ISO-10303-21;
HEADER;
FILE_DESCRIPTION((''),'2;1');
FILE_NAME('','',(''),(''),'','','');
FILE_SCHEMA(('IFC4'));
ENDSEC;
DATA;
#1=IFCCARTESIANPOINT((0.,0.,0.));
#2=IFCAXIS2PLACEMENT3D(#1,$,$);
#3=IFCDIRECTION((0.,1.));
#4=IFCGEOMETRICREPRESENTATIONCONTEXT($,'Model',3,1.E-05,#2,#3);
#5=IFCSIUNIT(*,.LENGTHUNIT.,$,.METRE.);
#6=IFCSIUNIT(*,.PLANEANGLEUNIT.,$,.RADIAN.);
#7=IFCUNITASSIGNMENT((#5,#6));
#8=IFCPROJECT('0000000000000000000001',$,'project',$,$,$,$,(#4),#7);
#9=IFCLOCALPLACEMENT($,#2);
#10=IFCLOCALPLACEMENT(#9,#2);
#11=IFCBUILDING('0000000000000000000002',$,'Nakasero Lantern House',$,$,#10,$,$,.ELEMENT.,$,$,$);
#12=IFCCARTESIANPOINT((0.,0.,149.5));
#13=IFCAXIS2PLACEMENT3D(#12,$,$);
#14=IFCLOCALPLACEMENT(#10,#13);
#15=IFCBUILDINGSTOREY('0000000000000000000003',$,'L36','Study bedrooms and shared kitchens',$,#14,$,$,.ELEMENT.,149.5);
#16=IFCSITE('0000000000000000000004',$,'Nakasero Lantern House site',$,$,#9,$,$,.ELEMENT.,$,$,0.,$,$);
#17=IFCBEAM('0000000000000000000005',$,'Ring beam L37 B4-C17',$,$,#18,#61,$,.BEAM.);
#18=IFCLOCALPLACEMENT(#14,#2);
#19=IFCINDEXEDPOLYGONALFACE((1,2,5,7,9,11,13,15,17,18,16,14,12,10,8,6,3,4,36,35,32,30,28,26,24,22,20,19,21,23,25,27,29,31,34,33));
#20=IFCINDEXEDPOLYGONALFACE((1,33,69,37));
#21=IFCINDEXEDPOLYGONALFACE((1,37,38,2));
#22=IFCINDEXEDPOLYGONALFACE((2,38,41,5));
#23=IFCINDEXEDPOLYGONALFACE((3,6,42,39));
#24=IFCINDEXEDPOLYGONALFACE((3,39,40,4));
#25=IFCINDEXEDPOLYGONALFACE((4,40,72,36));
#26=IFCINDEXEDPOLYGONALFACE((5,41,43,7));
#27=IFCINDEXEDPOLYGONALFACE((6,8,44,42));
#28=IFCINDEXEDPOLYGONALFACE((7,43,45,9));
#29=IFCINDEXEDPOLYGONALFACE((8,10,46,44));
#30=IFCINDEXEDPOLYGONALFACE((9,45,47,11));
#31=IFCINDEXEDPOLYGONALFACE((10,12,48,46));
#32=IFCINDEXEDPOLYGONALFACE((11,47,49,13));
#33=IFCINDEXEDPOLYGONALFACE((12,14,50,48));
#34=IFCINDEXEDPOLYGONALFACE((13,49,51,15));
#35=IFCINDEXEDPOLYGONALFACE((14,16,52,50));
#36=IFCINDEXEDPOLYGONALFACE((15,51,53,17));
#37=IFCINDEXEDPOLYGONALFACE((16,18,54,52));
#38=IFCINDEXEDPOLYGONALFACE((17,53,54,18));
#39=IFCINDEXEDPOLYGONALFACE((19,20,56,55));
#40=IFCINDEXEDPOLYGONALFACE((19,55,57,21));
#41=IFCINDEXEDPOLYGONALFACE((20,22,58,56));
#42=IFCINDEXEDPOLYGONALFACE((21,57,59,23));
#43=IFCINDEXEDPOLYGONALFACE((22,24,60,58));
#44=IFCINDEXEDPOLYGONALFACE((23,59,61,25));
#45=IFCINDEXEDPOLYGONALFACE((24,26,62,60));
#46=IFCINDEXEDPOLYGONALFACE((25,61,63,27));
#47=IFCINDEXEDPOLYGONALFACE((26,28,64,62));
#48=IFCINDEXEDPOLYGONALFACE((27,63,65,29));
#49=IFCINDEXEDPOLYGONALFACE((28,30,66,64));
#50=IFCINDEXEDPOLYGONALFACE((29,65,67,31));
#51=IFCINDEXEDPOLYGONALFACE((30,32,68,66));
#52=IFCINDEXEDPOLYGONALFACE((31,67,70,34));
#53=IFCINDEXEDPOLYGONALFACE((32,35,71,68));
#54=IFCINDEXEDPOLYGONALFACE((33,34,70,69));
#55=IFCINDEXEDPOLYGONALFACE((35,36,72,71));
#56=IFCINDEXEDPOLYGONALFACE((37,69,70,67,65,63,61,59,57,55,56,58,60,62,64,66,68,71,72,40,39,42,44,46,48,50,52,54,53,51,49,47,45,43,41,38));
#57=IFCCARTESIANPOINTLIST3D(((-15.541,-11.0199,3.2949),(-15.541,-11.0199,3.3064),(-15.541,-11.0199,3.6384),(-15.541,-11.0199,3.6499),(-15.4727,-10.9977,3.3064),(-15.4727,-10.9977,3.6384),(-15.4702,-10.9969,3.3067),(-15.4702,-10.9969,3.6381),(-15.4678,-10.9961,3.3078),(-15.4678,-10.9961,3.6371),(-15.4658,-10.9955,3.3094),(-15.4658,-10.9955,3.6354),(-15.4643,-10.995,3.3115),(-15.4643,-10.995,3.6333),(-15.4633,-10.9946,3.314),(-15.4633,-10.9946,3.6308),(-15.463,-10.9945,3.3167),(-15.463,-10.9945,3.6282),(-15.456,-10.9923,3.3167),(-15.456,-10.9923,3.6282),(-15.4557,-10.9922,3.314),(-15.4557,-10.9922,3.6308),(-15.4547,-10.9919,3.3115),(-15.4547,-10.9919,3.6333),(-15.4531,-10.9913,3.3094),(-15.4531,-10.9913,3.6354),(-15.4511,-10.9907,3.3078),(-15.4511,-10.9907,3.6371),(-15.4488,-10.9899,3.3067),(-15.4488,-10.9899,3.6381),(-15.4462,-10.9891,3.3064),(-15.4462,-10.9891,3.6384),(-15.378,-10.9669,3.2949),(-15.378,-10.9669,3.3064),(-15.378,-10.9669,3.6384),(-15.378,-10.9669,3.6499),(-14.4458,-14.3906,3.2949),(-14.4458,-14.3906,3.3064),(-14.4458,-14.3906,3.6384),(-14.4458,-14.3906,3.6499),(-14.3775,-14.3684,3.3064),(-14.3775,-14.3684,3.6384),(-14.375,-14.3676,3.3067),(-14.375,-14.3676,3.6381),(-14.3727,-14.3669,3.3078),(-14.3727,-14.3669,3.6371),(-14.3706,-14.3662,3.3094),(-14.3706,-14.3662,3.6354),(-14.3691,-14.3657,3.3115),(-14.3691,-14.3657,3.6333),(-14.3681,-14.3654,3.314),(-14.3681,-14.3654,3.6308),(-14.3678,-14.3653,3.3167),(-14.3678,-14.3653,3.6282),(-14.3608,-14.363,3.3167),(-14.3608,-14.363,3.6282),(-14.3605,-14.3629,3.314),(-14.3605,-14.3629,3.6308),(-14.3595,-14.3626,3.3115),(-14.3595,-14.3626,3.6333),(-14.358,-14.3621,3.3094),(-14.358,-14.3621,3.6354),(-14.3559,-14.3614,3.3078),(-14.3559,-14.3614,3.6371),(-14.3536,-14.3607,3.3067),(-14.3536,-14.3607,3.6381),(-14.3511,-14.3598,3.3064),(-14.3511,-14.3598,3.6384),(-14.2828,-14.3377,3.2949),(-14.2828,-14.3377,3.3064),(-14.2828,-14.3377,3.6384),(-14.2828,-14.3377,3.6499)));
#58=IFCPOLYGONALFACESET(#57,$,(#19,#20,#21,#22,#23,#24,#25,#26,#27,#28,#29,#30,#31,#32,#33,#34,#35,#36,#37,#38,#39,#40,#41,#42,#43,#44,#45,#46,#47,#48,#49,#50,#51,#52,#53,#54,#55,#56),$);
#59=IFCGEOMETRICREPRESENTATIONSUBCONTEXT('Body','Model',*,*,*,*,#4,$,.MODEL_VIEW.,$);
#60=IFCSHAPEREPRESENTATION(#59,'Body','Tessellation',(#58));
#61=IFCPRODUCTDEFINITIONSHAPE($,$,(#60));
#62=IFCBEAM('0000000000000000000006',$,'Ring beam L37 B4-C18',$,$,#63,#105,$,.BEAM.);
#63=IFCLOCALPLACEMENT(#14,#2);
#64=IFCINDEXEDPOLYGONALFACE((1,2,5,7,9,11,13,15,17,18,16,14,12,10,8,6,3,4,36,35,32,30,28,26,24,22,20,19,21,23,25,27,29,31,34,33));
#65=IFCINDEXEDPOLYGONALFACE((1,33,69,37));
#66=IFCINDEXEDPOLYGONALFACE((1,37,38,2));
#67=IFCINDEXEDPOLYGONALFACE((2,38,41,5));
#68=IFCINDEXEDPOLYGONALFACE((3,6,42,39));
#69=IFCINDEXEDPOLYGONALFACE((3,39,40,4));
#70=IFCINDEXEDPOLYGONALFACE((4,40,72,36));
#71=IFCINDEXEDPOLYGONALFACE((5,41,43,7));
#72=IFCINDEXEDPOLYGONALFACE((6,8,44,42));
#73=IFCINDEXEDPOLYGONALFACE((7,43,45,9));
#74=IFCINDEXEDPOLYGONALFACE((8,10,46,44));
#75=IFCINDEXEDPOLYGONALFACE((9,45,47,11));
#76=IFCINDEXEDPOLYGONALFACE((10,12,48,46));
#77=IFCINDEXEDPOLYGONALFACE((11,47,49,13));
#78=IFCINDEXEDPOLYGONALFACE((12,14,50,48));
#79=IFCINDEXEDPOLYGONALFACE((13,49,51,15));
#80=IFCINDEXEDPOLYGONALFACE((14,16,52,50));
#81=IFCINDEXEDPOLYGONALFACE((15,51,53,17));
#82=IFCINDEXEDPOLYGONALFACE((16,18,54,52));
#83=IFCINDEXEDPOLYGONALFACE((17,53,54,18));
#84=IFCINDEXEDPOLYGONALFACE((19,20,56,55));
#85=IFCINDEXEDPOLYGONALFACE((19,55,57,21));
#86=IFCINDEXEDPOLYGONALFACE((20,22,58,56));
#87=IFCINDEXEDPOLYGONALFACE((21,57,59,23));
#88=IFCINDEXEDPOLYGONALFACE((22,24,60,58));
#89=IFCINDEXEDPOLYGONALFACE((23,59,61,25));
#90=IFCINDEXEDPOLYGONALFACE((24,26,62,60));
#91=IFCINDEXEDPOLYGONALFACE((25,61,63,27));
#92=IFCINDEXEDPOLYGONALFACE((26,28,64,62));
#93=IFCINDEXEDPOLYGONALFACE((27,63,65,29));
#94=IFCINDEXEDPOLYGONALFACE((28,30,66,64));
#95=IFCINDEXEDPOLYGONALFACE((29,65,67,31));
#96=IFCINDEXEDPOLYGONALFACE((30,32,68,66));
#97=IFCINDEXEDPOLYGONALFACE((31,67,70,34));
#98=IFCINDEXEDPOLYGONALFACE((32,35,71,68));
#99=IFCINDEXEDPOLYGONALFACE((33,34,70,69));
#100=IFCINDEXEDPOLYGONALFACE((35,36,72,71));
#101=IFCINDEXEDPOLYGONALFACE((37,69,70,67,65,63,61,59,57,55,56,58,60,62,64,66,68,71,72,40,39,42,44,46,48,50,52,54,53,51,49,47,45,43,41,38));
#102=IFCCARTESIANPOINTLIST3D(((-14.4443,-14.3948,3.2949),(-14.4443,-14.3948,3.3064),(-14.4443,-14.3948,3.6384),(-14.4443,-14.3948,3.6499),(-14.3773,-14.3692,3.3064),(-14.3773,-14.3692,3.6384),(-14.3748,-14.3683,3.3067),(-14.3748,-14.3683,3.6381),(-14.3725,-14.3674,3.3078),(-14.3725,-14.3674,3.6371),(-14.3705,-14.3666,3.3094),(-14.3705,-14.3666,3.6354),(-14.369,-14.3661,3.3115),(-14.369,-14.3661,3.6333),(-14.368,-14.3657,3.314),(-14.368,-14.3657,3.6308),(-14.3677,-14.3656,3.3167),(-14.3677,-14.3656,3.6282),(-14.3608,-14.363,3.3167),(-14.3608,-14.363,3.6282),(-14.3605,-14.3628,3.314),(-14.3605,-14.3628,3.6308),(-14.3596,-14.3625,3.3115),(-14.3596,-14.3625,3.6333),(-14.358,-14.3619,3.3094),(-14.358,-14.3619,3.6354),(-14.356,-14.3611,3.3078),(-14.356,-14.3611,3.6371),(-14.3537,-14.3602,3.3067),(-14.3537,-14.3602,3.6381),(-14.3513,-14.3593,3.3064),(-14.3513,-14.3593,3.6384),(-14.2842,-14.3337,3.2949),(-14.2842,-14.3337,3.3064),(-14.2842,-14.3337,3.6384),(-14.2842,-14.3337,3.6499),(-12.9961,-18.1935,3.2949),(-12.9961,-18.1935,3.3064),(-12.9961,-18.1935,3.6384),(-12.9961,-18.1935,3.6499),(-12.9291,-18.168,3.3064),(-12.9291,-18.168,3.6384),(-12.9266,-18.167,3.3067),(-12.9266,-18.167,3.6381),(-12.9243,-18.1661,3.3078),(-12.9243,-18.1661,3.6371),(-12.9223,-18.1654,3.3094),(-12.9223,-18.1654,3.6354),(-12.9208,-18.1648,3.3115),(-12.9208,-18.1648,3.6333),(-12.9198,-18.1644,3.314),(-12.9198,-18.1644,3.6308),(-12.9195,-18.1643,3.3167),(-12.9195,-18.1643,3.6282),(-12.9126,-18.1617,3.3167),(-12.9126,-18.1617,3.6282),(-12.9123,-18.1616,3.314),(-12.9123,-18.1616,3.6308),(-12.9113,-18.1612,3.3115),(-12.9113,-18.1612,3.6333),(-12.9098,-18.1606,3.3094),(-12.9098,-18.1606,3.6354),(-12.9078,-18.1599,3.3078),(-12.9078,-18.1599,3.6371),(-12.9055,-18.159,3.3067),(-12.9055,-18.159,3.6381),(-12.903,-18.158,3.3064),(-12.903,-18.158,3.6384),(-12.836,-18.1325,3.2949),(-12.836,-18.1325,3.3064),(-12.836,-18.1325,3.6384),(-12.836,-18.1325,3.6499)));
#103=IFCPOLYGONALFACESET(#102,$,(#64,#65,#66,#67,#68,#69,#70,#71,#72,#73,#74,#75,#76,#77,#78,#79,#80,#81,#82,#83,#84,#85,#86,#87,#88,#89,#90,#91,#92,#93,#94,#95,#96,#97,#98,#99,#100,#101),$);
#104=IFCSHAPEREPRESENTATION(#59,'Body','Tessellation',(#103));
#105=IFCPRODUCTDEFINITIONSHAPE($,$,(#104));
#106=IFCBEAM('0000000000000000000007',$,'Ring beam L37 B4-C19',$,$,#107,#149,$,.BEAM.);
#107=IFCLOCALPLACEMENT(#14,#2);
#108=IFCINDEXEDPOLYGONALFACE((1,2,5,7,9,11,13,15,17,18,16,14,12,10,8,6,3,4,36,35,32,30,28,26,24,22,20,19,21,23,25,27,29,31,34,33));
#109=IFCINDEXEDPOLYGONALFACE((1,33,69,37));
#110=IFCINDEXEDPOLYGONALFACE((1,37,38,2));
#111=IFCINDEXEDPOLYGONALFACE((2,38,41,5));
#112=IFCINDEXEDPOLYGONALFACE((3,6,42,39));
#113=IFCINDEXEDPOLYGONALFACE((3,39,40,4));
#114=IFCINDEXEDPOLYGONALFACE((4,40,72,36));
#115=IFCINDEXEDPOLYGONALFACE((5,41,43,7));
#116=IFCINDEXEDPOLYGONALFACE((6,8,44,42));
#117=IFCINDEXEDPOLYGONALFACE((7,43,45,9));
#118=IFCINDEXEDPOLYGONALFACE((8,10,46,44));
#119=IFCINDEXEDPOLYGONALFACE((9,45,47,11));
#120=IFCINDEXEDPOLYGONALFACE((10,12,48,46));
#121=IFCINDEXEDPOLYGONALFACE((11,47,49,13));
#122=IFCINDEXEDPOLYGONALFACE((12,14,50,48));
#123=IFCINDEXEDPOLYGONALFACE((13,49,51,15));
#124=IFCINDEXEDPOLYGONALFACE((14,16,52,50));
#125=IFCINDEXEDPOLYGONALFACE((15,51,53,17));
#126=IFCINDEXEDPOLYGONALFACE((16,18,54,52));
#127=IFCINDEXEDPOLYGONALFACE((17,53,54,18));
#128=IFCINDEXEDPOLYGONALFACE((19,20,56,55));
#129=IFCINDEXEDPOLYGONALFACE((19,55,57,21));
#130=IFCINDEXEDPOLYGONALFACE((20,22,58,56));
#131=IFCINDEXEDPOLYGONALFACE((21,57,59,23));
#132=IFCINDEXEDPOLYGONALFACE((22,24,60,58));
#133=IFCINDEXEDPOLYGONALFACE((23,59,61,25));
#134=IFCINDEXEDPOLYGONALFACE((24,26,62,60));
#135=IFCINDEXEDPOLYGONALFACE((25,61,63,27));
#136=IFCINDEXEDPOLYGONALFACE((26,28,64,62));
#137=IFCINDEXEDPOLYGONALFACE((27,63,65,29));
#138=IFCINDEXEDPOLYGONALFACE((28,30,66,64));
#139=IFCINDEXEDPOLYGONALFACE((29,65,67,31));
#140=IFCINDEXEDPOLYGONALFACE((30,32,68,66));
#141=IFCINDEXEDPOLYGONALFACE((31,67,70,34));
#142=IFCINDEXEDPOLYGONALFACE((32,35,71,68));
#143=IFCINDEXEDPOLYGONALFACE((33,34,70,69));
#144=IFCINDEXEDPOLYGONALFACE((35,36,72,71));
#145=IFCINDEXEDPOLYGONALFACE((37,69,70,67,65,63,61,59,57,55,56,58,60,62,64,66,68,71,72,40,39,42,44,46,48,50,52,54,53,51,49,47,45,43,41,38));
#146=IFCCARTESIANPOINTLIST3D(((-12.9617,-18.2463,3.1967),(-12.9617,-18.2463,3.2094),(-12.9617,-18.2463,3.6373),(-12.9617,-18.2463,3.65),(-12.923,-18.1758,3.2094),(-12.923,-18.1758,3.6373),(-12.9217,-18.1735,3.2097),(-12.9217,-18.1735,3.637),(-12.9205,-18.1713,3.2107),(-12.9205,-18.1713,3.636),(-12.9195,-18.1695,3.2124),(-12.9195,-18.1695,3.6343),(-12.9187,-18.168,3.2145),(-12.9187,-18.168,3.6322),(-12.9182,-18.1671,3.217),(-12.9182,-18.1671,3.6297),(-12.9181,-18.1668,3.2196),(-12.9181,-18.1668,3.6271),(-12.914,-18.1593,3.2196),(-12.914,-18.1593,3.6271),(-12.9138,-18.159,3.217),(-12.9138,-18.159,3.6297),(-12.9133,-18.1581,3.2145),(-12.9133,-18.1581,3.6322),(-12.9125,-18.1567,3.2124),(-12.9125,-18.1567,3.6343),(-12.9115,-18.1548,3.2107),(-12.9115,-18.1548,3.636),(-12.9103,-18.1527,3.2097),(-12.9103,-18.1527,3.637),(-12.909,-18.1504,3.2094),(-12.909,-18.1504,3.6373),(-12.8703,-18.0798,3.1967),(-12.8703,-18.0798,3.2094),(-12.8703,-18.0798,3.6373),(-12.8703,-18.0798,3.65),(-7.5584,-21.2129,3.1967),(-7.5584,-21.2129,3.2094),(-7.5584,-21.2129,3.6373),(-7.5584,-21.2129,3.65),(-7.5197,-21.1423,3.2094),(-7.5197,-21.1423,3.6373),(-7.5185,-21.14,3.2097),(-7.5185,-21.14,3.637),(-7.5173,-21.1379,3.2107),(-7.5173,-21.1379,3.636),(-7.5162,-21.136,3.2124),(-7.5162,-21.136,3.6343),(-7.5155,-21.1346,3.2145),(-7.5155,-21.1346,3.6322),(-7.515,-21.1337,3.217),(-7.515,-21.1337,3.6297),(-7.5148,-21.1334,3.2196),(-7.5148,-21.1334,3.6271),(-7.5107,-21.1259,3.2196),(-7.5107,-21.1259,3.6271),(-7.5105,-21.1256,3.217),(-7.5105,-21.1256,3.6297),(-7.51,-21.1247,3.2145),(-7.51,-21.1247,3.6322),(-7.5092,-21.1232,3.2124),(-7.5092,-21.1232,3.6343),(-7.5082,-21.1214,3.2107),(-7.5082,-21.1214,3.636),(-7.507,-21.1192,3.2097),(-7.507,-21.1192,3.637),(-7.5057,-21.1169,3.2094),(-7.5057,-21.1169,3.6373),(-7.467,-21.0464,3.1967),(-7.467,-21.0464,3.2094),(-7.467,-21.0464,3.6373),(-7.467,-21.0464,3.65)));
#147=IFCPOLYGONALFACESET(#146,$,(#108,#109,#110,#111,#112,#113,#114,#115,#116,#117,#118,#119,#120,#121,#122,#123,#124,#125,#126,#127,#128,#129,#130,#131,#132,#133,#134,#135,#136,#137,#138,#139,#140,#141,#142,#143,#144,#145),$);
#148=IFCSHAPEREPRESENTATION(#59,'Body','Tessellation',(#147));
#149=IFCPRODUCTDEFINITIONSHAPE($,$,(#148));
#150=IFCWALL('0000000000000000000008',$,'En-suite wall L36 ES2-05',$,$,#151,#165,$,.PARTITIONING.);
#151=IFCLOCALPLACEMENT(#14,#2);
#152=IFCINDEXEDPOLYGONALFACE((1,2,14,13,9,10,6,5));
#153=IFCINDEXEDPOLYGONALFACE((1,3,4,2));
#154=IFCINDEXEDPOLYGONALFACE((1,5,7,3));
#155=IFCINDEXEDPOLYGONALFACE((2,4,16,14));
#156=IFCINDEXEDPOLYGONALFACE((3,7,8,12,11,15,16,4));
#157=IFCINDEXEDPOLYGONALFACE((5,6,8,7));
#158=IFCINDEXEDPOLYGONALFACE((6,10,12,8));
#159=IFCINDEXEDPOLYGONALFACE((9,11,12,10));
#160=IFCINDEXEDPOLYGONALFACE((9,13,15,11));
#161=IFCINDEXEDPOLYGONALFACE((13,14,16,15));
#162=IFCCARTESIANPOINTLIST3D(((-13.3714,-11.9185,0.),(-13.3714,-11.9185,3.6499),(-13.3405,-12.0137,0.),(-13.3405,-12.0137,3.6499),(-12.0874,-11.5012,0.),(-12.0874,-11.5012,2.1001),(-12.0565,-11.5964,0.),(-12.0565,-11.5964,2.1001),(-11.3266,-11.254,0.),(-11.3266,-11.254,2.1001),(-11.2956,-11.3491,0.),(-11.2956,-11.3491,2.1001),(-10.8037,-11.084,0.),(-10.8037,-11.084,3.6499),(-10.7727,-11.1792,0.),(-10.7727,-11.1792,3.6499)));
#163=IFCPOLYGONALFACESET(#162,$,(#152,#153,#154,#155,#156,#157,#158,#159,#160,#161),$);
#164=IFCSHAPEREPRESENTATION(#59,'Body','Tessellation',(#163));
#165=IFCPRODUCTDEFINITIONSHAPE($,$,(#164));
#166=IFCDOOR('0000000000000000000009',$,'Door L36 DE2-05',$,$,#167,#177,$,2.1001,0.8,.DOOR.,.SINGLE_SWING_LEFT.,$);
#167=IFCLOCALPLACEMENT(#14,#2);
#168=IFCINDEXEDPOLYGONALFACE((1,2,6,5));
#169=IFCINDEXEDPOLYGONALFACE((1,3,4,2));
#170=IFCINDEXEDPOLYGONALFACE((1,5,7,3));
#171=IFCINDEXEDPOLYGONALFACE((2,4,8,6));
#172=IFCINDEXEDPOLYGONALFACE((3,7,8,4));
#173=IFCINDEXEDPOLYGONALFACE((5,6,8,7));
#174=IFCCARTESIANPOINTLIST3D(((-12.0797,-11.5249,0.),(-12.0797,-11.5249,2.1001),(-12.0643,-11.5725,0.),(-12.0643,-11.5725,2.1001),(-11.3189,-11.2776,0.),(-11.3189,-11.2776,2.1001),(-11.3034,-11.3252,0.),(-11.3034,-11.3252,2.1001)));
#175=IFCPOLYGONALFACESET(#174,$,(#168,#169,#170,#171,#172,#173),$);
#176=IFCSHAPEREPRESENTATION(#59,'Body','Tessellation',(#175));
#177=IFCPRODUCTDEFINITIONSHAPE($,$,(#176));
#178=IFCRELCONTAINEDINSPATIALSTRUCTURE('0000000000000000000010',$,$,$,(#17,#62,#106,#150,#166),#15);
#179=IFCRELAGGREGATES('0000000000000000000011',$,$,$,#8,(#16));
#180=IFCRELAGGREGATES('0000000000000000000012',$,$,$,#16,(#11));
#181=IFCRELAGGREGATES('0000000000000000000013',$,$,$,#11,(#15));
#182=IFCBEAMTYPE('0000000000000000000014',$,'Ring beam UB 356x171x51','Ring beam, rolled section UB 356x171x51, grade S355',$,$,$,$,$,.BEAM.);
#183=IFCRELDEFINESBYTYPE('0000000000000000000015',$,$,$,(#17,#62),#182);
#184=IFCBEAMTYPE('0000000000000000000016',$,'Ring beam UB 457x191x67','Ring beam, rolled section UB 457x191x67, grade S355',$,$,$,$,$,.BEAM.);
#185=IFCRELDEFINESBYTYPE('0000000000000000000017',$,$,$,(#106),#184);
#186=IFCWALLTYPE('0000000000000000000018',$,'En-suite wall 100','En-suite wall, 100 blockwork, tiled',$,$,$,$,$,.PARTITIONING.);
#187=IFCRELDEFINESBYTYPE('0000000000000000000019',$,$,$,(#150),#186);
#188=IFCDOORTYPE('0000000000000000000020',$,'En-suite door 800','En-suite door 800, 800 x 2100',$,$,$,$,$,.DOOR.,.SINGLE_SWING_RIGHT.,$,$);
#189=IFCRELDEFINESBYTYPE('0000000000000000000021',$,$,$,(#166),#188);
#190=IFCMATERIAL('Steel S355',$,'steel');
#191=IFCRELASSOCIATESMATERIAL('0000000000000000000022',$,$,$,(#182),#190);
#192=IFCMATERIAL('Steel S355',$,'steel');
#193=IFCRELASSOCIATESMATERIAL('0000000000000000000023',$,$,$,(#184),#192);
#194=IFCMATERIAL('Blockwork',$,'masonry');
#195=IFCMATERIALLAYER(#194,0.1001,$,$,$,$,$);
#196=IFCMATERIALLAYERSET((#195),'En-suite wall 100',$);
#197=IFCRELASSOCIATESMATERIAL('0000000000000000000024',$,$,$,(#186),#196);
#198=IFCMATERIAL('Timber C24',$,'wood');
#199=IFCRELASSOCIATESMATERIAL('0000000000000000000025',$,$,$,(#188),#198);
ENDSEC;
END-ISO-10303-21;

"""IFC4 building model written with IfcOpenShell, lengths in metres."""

from ifc_helpers import new_model, si_unit, direction, frame, frame_2d, origin, origin_2d, place, context, subcontext, project, spatial, rectangle, i_section, extrude, material, layer, layer_set, material_profile, profile_set, type_object, element, fill, save


model = new_model("IFC4")

# Units and contexts
model_context = context("Model", 3, precision=1e-05, world=origin(), true_north=direction((0.0, 1.0)))
body_context = subcontext(model_context, "Body", "Model", "MODEL_VIEW")
ifc_project = project(units=[si_unit("LENGTHUNIT", "METRE"), si_unit("PLANEANGLEUNIT", "RADIAN")], contexts=[model_context])

# Site, building, storey
site_placement = place(None, origin())
site = spatial("IfcSite", under=ifc_project, at=site_placement, Name="Nakasero Lantern House site", CompositionType="ELEMENT", RefElevation=0.0)
building_placement = place(site_placement, origin())
building = spatial("IfcBuilding", under=site, at=building_placement, Name="Nakasero Lantern House", CompositionType="ELEMENT")
storey_placement = place(building_placement, frame((0.0, 0.0, 149.5)))
storey = spatial("IfcBuildingStorey", under=building, at=storey_placement, Name="L36", Description="Study bedrooms and shared kitchens", CompositionType="ELEMENT", Elevation=149.5)

# Beams
ifc_material_1 = material(Name="Steel S355", Category="steel")
ifc_material_profile_1 = material_profile(ifc_material_1, i_section(OverallWidth=0.1714, OverallDepth=0.355, WebThickness=0.0073, FlangeThickness=0.0115, FilletRadius=0.0103, at=origin_2d()), Name="UB 356x171x51")
ifc_profile_set_1 = profile_set([ifc_material_profile_1], Name="Steel S355")
beam_type_1 = type_object("IfcBeamType", Name="Ring beam UB 356x171x51", Description="Ring beam, rolled section UB 356x171x51, grade S355", PredefinedType="BEAM", material=ifc_profile_set_1)
beam_1_placement = place(storey_placement, frame((-15.4595, -10.9934, 3.4724), z_axis=(0.309007, -0.95106, 0.0), x_axis=(0.95106, 0.309007, 0.0)))
element("IfcBeam", 1, at=beam_1_placement, inside=storey, type_object=beam_type_1, Name="Ring beam L37 B4-C17", PredefinedType="BEAM", context=body_context, shape_type="SweptSolid", body=[
    extrude(i_section(OverallWidth=0.1714, OverallDepth=0.355, WebThickness=0.0073, FlangeThickness=0.0115, FilletRadius=0.0103, at=origin_2d()), origin(), (0.0, 0.0, 1.0), 3.5442),
])
beam_2_placement = place(storey_placement, frame((-14.3643, -14.3643, 3.4724), z_axis=(0.356225, -0.9344, 0.0), x_axis=(0.9344, 0.356225, 0.0)))
element("IfcBeam", 2, at=beam_2_placement, inside=storey, type_object=beam_type_1, Name="Ring beam L37 B4-C18", PredefinedType="BEAM", context=body_context, shape_type="SweptSolid", body=[
    extrude(i_section(OverallWidth=0.1714, OverallDepth=0.355, WebThickness=0.0073, FlangeThickness=0.0115, FilletRadius=0.0103, at=origin_2d()), origin(), (0.0, 0.0, 1.0), 4.0654),
])
ifc_material_2 = material(Name="Steel S355", Category="steel")
ifc_material_profile_2 = material_profile(ifc_material_2, i_section(OverallWidth=0.1899, OverallDepth=0.4534, WebThickness=0.0085, FlangeThickness=0.0127, FilletRadius=0.0103, at=origin_2d()), Name="UB 457x191x67")
ifc_profile_set_2 = profile_set([ifc_material_profile_2], Name="Steel S355")
beam_type_2 = type_object("IfcBeamType", Name="Ring beam UB 457x191x67", Description="Ring beam, rolled section UB 457x191x67, grade S355", PredefinedType="BEAM", material=ifc_profile_set_2)
beam_3_placement = place(storey_placement, frame((-12.916, -18.1631, 3.4233), z_axis=(0.876577, -0.481262, 0.0), x_axis=(0.481262, 0.876577, 0.0)))
element("IfcBeam", 3, at=beam_3_placement, inside=storey, type_object=beam_type_2, Name="Ring beam L37 B4-C19", PredefinedType="BEAM", context=body_context, shape_type="SweptSolid", body=[
    extrude(i_section(OverallWidth=0.1899, OverallDepth=0.4534, WebThickness=0.0085, FlangeThickness=0.0127, FilletRadius=0.0103, at=origin_2d()), origin(), (0.0, 0.0, 1.0), 6.1641),
])

# Wall, opening, door
ifc_material_3 = material(Name="Blockwork", Category="masonry")
ifc_layer_1 = layer(ifc_material_3, 0.1001)
ifc_layer_set_1 = layer_set([ifc_layer_1], Name="En-suite wall 100")
wall_type_1 = type_object("IfcWallType", Name="En-suite wall 100", Description="En-suite wall, 100 blockwork, tiled", PredefinedType="PARTITIONING", material=ifc_layer_set_1)
wall_1_placement = place(storey_placement, frame((-10.7881, -11.1316, 0.0), z_axis=(0.0, 0.0, 1.0), x_axis=(-0.951043, -0.309057, 0.0)))
wall_1 = element("IfcWall", 4, at=wall_1_placement, inside=storey, type_object=wall_type_1, Name="En-suite wall L36 ES2-05", PredefinedType="PARTITIONING", context=body_context, shape_type="SweptSolid", body=[
    extrude(rectangle(XDim=2.7, YDim=0.1001, at=frame_2d((1.3501, 0.0))), origin(), (0.0, 0.0, 1.0), 3.6499),
])
opening_1_placement = place(wall_1_placement, frame((0.55, 0.0, 0.0)))
opening_1 = element("IfcOpeningElement", 5, at=opening_1_placement, cuts=wall_1, PredefinedType="OPENING", context=body_context, shape_type="SweptSolid", body=[
    extrude(rectangle(XDim=0.8, YDim=2.1001, at=frame_2d((0.3999, 1.05))), frame((0.0, 0.0701, 0.0), z_axis=(0.0, -1.0, 0.0), x_axis=(1.0, 0.0, 0.0)), (0.0, 0.0, 1.0), 0.1401),
])
ifc_material_4 = material(Name="Timber C24", Category="wood")
door_type = type_object("IfcDoorType", Name="En-suite door 800", Description="En-suite door 800, 800 x 2100", OperationType="SINGLE_SWING_RIGHT", PredefinedType="DOOR", material=ifc_material_4)
door_1_placement = place(opening_1_placement, origin())
door_1 = element("IfcDoor", 6, at=door_1_placement, inside=storey, type_object=door_type, Name="Door L36 DE2-05", OperationType="SINGLE_SWING_LEFT", OverallHeight=2.1001, OverallWidth=0.8, PredefinedType="DOOR", context=body_context, shape_type="SweptSolid", body=[
    extrude(rectangle(XDim=0.8, YDim=2.1001, at=frame_2d((0.3999, 1.05))), frame((0.0, 0.0249, 0.0), z_axis=(0.0, -1.0, 0.0), x_axis=(1.0, 0.0, 0.0)), (0.0, 0.0, 1.0), 0.05),
])
fill(opening_1, door_1)

save(model, "model.ifc")
